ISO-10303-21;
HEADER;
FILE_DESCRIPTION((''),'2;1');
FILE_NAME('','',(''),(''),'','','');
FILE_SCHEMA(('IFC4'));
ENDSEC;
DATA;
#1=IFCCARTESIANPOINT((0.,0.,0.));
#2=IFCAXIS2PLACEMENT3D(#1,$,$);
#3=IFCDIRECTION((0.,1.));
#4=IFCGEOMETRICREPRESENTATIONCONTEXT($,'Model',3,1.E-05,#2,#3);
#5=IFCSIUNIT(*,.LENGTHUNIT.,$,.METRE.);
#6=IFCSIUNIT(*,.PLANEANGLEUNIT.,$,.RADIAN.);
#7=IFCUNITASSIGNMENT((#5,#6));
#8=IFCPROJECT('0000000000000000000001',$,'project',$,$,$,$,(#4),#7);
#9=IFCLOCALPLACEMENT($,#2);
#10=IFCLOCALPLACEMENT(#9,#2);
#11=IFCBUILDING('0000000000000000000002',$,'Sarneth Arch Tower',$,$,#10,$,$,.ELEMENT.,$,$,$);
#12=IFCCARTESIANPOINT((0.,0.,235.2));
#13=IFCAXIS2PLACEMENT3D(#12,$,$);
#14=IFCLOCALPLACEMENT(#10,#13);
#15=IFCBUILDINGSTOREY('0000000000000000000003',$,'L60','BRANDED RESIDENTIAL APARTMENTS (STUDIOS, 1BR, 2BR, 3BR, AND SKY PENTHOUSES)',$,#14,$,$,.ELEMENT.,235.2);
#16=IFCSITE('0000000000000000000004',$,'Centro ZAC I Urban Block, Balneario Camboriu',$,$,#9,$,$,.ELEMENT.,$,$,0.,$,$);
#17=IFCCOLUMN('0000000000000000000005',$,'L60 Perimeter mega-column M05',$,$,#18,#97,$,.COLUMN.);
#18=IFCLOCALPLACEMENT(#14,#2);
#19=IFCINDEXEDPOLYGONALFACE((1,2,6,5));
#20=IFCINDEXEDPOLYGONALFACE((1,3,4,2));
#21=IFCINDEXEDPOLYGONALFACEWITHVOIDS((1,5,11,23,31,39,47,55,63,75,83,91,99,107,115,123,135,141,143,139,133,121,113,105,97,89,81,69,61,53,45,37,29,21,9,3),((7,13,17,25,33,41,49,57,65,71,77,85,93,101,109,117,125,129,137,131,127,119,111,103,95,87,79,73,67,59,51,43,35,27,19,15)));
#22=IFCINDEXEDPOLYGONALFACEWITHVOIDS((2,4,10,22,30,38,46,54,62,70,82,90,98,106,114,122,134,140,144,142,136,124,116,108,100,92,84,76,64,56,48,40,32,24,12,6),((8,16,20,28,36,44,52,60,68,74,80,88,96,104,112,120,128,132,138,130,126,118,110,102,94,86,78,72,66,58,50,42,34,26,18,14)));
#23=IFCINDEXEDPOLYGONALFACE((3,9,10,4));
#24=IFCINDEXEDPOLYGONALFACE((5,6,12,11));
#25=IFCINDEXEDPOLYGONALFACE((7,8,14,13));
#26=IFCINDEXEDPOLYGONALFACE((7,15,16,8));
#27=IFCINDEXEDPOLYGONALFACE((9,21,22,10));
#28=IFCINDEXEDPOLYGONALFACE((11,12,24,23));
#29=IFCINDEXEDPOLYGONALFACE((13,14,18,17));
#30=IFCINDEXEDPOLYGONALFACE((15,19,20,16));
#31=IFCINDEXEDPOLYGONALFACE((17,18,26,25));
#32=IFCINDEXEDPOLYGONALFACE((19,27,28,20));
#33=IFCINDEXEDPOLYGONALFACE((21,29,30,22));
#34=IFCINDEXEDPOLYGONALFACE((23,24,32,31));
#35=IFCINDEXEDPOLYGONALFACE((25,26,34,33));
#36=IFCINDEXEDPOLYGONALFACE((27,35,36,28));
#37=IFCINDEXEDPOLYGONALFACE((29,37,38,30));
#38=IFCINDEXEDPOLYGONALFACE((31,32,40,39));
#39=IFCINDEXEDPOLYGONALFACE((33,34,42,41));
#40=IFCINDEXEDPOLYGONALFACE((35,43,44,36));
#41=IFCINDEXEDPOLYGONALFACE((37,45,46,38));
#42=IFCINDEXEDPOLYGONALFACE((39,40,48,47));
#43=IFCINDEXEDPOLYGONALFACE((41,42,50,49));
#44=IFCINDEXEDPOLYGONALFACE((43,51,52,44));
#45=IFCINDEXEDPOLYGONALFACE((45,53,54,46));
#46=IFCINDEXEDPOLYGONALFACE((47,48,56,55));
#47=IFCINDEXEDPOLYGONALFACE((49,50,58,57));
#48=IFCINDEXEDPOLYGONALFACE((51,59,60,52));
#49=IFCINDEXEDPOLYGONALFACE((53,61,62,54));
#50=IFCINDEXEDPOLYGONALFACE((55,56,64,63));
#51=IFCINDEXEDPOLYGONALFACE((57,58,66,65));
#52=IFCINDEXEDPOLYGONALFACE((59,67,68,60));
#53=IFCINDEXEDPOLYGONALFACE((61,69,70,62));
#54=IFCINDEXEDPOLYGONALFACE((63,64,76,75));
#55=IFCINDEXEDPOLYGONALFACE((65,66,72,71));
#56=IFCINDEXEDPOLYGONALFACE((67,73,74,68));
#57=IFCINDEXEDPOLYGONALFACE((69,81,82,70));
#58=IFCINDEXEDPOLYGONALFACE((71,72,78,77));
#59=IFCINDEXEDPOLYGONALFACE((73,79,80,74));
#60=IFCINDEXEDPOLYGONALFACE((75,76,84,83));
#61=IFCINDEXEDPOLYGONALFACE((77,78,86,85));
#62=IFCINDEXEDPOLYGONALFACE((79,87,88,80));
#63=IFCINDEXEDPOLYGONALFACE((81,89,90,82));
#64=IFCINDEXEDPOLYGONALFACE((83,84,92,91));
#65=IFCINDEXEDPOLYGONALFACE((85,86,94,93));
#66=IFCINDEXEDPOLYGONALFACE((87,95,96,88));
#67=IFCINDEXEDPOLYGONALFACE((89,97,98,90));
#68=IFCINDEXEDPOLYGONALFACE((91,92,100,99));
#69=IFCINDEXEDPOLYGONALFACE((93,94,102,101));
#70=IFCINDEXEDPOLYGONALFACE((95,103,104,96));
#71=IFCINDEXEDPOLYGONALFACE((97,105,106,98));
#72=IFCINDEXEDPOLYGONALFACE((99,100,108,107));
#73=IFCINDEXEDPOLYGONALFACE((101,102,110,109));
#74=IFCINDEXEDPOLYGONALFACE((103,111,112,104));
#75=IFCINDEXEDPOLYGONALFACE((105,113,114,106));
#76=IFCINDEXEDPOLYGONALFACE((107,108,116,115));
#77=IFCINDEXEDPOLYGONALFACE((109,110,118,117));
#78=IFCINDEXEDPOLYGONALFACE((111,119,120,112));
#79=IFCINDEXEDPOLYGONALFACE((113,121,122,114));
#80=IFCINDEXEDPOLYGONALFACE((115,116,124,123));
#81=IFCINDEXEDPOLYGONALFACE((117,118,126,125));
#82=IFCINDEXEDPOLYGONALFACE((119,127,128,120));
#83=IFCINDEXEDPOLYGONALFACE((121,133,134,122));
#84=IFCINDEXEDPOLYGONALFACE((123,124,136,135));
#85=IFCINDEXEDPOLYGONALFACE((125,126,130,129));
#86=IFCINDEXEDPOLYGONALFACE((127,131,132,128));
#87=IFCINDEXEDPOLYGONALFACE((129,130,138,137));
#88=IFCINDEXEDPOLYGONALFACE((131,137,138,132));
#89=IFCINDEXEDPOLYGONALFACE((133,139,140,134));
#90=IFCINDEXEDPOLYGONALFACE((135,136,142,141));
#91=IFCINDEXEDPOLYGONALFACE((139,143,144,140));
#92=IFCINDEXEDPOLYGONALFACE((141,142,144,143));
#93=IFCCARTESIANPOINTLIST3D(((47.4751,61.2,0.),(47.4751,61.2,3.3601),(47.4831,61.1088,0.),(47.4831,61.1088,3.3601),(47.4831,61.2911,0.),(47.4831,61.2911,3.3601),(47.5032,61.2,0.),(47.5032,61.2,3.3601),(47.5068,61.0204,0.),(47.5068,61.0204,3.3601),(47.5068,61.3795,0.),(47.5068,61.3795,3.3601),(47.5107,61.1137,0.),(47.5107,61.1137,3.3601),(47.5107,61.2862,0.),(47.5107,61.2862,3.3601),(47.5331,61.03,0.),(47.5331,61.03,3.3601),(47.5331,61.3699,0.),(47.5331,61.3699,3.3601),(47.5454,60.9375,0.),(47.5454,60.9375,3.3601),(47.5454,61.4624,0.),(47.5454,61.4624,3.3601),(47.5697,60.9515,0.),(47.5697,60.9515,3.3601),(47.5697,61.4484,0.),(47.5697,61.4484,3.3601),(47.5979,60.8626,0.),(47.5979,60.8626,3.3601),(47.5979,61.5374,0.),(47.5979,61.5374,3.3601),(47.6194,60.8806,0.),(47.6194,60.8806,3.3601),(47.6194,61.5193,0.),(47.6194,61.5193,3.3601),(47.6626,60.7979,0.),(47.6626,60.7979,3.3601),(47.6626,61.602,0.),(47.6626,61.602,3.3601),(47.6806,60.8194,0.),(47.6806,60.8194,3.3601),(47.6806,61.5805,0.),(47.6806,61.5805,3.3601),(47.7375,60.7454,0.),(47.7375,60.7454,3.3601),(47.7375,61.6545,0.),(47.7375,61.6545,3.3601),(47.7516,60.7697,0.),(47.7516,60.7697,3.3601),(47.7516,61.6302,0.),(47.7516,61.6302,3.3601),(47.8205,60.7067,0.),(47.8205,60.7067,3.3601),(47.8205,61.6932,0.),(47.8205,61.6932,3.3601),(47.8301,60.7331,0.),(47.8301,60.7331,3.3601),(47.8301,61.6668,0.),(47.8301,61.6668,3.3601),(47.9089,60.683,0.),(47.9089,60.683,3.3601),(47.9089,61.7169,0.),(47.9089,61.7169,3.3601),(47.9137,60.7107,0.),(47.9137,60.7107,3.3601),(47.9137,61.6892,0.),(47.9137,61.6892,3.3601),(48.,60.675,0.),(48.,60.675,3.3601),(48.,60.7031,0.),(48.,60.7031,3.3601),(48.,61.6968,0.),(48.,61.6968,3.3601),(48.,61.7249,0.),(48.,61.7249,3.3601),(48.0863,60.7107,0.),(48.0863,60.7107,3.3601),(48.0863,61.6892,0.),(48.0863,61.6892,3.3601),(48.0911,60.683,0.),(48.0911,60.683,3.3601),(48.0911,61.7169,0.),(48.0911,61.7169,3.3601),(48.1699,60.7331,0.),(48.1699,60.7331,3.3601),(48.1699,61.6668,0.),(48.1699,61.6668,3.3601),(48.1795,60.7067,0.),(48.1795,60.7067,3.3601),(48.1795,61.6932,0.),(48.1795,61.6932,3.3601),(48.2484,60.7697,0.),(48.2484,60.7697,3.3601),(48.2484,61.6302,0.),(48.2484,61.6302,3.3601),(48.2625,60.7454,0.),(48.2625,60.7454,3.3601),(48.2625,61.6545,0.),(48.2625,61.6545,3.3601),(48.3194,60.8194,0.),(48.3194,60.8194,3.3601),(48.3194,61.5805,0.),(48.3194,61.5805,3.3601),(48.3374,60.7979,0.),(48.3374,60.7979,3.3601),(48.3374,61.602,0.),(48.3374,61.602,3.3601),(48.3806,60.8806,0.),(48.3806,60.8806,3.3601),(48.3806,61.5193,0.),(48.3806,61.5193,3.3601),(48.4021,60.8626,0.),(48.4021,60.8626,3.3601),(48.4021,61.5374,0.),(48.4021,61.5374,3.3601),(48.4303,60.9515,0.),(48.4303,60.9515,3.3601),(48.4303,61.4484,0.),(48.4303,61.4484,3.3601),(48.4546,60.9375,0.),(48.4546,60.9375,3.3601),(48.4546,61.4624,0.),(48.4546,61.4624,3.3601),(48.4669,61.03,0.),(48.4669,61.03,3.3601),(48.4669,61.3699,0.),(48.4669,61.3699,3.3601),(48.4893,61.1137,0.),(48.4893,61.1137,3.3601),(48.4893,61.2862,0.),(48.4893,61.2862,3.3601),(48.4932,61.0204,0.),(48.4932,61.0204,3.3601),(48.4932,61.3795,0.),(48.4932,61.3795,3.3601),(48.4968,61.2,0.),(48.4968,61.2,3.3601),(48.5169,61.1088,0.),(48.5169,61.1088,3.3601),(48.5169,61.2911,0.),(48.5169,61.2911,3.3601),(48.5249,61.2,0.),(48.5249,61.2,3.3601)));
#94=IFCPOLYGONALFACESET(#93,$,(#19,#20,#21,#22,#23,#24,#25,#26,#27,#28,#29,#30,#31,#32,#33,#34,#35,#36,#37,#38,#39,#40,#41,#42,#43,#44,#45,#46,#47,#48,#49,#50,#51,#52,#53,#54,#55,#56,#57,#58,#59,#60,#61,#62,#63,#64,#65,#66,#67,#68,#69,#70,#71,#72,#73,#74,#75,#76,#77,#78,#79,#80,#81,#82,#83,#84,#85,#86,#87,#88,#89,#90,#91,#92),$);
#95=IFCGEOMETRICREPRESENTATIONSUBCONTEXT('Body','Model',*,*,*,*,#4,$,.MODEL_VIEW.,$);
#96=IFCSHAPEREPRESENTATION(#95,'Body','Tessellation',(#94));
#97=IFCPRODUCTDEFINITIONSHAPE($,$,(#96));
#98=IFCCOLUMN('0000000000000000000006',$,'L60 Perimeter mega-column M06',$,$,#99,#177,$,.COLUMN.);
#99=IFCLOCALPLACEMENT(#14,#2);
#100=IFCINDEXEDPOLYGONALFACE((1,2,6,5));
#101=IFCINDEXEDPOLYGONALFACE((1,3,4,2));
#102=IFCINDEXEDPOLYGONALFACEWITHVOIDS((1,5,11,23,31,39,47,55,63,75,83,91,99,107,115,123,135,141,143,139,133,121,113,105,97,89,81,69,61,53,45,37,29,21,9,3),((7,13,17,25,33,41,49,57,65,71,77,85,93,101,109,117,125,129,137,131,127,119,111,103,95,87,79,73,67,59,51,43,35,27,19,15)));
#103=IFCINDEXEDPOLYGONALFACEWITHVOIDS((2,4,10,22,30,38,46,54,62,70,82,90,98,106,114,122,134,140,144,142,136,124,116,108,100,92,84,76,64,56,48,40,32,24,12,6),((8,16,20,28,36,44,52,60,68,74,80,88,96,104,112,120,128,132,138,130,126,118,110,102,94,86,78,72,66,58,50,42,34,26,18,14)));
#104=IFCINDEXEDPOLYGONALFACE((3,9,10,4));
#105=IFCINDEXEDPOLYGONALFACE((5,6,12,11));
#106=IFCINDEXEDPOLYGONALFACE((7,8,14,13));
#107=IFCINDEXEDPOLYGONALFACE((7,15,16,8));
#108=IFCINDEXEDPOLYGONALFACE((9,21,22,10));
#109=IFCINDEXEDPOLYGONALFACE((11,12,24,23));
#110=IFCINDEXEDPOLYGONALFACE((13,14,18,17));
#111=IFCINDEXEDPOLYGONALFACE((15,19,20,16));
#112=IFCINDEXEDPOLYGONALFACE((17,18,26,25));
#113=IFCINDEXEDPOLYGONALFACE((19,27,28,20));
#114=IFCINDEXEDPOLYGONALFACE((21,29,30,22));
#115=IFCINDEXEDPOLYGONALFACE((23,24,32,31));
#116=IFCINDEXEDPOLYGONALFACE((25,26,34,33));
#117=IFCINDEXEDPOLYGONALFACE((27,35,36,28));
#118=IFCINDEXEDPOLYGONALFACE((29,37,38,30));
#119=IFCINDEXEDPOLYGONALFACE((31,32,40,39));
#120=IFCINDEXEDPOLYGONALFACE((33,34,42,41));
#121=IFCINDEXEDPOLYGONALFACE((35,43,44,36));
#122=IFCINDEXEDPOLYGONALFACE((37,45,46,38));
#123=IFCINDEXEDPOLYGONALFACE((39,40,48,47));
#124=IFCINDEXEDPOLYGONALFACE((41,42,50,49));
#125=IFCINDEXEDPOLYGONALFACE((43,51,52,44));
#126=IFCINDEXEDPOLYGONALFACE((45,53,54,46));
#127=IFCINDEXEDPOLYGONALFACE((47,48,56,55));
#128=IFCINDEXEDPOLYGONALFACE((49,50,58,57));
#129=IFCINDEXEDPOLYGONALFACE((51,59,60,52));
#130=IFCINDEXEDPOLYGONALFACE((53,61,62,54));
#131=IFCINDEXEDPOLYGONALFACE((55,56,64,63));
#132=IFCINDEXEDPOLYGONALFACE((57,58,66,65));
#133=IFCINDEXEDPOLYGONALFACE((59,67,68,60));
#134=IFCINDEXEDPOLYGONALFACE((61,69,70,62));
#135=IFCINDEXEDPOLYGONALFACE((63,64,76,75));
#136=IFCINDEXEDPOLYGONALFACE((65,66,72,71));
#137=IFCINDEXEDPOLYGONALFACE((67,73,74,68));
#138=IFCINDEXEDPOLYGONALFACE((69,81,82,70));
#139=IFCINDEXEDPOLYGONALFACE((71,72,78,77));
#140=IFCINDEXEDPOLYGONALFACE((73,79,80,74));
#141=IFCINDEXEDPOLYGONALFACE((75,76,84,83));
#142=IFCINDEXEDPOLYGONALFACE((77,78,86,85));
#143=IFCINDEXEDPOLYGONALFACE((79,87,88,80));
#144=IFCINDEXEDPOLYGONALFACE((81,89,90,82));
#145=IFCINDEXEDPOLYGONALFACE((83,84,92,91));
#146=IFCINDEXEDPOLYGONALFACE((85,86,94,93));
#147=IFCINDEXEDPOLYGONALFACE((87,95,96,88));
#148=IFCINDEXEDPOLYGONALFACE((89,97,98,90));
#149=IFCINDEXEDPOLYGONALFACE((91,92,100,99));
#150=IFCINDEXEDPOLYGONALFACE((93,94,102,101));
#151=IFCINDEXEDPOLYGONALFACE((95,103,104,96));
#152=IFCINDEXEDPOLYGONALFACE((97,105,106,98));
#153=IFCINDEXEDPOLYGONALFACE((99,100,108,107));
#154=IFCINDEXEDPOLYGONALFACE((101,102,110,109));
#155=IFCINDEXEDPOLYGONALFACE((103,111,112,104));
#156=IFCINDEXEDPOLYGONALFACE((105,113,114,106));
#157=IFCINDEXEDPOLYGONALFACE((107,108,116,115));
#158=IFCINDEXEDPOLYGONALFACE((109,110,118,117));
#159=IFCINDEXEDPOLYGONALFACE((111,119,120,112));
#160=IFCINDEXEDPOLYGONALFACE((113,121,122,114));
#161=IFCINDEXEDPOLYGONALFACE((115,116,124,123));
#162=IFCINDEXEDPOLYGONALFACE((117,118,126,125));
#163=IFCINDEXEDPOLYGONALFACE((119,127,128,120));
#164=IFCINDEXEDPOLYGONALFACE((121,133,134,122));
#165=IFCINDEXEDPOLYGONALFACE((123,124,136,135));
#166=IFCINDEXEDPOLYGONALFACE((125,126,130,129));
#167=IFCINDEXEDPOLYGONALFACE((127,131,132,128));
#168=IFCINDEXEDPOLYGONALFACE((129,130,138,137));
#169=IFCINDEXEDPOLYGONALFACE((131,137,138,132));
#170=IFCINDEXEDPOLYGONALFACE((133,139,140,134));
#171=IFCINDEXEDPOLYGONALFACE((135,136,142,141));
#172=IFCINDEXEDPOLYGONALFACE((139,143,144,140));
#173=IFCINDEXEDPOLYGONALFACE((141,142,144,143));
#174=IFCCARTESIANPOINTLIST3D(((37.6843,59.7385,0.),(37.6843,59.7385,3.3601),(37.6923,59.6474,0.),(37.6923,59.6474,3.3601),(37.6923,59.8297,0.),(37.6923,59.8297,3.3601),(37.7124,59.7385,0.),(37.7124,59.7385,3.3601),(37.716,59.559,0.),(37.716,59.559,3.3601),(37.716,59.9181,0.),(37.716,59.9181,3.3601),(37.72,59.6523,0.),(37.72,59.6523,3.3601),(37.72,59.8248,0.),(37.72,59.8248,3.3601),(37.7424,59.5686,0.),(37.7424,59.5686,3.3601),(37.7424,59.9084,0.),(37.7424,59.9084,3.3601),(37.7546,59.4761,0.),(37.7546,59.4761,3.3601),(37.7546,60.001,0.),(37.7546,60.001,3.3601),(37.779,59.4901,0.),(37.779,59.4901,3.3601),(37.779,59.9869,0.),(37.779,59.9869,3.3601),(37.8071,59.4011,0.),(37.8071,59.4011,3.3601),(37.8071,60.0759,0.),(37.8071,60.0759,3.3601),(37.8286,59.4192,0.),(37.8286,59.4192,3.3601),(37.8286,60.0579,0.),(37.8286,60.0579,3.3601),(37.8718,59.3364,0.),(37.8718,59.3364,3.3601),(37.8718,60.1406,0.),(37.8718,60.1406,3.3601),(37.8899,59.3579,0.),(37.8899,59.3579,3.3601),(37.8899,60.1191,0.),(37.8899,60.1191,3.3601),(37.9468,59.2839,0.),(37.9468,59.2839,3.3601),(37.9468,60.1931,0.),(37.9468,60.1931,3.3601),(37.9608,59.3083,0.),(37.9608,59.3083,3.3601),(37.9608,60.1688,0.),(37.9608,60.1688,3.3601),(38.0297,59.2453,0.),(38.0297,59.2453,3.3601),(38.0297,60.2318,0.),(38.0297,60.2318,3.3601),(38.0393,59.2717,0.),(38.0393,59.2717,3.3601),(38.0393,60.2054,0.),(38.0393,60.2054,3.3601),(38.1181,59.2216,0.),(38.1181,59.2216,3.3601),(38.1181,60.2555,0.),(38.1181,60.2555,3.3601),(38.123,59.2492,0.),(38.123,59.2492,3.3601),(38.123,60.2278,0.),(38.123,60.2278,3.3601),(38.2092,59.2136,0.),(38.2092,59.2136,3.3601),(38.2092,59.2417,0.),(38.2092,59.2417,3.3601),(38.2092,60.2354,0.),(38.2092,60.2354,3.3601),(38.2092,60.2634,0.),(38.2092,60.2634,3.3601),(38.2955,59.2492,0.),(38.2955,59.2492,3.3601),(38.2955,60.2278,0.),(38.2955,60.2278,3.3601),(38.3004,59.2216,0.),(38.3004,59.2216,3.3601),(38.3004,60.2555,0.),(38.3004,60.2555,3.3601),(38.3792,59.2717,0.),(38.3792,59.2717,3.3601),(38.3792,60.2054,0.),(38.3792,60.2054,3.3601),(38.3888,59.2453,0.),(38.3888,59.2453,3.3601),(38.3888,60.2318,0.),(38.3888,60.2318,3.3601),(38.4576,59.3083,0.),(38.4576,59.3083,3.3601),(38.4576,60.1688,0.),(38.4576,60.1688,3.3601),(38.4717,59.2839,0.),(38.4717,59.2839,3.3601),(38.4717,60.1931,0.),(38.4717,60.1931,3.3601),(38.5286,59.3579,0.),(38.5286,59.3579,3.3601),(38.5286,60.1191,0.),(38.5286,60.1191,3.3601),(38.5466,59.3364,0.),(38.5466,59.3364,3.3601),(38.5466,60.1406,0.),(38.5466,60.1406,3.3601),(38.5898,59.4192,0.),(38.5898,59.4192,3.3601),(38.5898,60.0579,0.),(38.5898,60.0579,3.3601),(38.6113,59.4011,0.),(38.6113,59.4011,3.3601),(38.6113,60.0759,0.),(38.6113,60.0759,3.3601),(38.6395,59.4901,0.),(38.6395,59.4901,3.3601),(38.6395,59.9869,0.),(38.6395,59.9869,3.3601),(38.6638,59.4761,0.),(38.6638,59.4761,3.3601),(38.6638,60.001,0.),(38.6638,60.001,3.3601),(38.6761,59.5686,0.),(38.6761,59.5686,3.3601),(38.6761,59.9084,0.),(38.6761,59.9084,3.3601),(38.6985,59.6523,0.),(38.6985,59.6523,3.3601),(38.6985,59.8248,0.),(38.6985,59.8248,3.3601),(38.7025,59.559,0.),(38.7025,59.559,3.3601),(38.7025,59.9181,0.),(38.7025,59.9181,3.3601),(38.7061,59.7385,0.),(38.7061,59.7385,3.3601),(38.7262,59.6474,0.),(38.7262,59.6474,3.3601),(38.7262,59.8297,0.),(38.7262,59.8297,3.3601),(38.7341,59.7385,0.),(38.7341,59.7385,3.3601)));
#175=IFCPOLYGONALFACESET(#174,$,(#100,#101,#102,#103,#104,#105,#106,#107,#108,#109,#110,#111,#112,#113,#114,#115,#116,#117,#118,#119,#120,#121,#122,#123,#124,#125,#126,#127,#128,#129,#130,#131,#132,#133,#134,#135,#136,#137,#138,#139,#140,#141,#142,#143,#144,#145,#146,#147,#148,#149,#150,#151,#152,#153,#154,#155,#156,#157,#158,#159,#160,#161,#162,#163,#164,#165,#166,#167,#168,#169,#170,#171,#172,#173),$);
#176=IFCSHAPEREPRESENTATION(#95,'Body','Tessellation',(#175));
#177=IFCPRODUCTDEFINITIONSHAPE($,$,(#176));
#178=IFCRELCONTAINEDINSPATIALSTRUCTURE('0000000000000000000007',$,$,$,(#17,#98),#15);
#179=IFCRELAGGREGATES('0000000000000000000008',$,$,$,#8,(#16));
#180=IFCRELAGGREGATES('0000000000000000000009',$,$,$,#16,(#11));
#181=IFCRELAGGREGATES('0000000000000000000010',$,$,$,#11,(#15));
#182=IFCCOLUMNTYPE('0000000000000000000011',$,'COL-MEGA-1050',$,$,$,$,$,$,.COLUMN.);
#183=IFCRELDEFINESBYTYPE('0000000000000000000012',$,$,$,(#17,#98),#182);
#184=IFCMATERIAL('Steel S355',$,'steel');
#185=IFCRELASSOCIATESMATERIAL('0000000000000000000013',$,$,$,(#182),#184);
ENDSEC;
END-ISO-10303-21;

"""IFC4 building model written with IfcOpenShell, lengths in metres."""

from ifc_helpers import new_model, si_unit, direction, frame, origin, origin_2d, place, context, subcontext, project, spatial, hollow_circle, extrude, material, material_profile, profile_set, type_object, element, save


model = new_model("IFC4")

# Units and contexts
model_context = context("Model", 3, precision=1e-05, world=origin(), true_north=direction((0.0, 1.0)))
body_context = subcontext(model_context, "Body", "Model", "MODEL_VIEW")
ifc_project = project(units=[si_unit("LENGTHUNIT", "METRE"), si_unit("PLANEANGLEUNIT", "RADIAN")], contexts=[model_context])

# Site, building, storey
site_placement = place(None, origin())
site = spatial("IfcSite", under=ifc_project, at=site_placement, Name="Centro ZAC I Urban Block, Balneario Camboriu", CompositionType="ELEMENT", RefElevation=0.0)
building_placement = place(site_placement, origin())
building = spatial("IfcBuilding", under=site, at=building_placement, Name="Sarneth Arch Tower", CompositionType="ELEMENT")
storey_placement = place(building_placement, frame((0.0, 0.0, 235.2)))
storey = spatial("IfcBuildingStorey", under=building, at=storey_placement, Name="L60", Description="BRANDED RESIDENTIAL APARTMENTS (STUDIOS, 1BR, 2BR, 3BR, AND SKY PENTHOUSES)", CompositionType="ELEMENT", Elevation=235.2)

# Columns
ifc_material_1 = material(Name="Steel S355", Category="steel")
ifc_material_profile_1 = material_profile(ifc_material_1, hollow_circle(Radius=0.5249, WallThickness=0.0281, at=origin_2d()), Name="CHS1050x28")
ifc_profile_set_1 = profile_set([ifc_material_profile_1], Name="Steel S355")
column_type = type_object("IfcColumnType", Name="COL-MEGA-1050", PredefinedType="COLUMN", material=ifc_profile_set_1)
for number, where, z_axis, x_axis, name in (
    (1, (48.0, 61.2, 0.0), (0.0, 0.0, 1.0), (1.0, 0.0, 0.0), "L60 Perimeter mega-column M05"),
    (2, (38.2092, 59.7385, 0.0), (0.0, 0.0, 1.0), (1.0, 0.0, 0.0), "L60 Perimeter mega-column M06"),
):
    element("IfcColumn", number, at=place(storey_placement, frame(where, z_axis=z_axis, x_axis=x_axis)), inside=storey, type_object=column_type, Name=name, PredefinedType="COLUMN", context=body_context, shape_type="SweptSolid", body=[
        extrude(hollow_circle(Radius=0.5249, WallThickness=0.0281, at=origin_2d()), origin(), (0.0, 0.0, 1.0), 3.3601),
    ])

save(model, "model.ifc")
